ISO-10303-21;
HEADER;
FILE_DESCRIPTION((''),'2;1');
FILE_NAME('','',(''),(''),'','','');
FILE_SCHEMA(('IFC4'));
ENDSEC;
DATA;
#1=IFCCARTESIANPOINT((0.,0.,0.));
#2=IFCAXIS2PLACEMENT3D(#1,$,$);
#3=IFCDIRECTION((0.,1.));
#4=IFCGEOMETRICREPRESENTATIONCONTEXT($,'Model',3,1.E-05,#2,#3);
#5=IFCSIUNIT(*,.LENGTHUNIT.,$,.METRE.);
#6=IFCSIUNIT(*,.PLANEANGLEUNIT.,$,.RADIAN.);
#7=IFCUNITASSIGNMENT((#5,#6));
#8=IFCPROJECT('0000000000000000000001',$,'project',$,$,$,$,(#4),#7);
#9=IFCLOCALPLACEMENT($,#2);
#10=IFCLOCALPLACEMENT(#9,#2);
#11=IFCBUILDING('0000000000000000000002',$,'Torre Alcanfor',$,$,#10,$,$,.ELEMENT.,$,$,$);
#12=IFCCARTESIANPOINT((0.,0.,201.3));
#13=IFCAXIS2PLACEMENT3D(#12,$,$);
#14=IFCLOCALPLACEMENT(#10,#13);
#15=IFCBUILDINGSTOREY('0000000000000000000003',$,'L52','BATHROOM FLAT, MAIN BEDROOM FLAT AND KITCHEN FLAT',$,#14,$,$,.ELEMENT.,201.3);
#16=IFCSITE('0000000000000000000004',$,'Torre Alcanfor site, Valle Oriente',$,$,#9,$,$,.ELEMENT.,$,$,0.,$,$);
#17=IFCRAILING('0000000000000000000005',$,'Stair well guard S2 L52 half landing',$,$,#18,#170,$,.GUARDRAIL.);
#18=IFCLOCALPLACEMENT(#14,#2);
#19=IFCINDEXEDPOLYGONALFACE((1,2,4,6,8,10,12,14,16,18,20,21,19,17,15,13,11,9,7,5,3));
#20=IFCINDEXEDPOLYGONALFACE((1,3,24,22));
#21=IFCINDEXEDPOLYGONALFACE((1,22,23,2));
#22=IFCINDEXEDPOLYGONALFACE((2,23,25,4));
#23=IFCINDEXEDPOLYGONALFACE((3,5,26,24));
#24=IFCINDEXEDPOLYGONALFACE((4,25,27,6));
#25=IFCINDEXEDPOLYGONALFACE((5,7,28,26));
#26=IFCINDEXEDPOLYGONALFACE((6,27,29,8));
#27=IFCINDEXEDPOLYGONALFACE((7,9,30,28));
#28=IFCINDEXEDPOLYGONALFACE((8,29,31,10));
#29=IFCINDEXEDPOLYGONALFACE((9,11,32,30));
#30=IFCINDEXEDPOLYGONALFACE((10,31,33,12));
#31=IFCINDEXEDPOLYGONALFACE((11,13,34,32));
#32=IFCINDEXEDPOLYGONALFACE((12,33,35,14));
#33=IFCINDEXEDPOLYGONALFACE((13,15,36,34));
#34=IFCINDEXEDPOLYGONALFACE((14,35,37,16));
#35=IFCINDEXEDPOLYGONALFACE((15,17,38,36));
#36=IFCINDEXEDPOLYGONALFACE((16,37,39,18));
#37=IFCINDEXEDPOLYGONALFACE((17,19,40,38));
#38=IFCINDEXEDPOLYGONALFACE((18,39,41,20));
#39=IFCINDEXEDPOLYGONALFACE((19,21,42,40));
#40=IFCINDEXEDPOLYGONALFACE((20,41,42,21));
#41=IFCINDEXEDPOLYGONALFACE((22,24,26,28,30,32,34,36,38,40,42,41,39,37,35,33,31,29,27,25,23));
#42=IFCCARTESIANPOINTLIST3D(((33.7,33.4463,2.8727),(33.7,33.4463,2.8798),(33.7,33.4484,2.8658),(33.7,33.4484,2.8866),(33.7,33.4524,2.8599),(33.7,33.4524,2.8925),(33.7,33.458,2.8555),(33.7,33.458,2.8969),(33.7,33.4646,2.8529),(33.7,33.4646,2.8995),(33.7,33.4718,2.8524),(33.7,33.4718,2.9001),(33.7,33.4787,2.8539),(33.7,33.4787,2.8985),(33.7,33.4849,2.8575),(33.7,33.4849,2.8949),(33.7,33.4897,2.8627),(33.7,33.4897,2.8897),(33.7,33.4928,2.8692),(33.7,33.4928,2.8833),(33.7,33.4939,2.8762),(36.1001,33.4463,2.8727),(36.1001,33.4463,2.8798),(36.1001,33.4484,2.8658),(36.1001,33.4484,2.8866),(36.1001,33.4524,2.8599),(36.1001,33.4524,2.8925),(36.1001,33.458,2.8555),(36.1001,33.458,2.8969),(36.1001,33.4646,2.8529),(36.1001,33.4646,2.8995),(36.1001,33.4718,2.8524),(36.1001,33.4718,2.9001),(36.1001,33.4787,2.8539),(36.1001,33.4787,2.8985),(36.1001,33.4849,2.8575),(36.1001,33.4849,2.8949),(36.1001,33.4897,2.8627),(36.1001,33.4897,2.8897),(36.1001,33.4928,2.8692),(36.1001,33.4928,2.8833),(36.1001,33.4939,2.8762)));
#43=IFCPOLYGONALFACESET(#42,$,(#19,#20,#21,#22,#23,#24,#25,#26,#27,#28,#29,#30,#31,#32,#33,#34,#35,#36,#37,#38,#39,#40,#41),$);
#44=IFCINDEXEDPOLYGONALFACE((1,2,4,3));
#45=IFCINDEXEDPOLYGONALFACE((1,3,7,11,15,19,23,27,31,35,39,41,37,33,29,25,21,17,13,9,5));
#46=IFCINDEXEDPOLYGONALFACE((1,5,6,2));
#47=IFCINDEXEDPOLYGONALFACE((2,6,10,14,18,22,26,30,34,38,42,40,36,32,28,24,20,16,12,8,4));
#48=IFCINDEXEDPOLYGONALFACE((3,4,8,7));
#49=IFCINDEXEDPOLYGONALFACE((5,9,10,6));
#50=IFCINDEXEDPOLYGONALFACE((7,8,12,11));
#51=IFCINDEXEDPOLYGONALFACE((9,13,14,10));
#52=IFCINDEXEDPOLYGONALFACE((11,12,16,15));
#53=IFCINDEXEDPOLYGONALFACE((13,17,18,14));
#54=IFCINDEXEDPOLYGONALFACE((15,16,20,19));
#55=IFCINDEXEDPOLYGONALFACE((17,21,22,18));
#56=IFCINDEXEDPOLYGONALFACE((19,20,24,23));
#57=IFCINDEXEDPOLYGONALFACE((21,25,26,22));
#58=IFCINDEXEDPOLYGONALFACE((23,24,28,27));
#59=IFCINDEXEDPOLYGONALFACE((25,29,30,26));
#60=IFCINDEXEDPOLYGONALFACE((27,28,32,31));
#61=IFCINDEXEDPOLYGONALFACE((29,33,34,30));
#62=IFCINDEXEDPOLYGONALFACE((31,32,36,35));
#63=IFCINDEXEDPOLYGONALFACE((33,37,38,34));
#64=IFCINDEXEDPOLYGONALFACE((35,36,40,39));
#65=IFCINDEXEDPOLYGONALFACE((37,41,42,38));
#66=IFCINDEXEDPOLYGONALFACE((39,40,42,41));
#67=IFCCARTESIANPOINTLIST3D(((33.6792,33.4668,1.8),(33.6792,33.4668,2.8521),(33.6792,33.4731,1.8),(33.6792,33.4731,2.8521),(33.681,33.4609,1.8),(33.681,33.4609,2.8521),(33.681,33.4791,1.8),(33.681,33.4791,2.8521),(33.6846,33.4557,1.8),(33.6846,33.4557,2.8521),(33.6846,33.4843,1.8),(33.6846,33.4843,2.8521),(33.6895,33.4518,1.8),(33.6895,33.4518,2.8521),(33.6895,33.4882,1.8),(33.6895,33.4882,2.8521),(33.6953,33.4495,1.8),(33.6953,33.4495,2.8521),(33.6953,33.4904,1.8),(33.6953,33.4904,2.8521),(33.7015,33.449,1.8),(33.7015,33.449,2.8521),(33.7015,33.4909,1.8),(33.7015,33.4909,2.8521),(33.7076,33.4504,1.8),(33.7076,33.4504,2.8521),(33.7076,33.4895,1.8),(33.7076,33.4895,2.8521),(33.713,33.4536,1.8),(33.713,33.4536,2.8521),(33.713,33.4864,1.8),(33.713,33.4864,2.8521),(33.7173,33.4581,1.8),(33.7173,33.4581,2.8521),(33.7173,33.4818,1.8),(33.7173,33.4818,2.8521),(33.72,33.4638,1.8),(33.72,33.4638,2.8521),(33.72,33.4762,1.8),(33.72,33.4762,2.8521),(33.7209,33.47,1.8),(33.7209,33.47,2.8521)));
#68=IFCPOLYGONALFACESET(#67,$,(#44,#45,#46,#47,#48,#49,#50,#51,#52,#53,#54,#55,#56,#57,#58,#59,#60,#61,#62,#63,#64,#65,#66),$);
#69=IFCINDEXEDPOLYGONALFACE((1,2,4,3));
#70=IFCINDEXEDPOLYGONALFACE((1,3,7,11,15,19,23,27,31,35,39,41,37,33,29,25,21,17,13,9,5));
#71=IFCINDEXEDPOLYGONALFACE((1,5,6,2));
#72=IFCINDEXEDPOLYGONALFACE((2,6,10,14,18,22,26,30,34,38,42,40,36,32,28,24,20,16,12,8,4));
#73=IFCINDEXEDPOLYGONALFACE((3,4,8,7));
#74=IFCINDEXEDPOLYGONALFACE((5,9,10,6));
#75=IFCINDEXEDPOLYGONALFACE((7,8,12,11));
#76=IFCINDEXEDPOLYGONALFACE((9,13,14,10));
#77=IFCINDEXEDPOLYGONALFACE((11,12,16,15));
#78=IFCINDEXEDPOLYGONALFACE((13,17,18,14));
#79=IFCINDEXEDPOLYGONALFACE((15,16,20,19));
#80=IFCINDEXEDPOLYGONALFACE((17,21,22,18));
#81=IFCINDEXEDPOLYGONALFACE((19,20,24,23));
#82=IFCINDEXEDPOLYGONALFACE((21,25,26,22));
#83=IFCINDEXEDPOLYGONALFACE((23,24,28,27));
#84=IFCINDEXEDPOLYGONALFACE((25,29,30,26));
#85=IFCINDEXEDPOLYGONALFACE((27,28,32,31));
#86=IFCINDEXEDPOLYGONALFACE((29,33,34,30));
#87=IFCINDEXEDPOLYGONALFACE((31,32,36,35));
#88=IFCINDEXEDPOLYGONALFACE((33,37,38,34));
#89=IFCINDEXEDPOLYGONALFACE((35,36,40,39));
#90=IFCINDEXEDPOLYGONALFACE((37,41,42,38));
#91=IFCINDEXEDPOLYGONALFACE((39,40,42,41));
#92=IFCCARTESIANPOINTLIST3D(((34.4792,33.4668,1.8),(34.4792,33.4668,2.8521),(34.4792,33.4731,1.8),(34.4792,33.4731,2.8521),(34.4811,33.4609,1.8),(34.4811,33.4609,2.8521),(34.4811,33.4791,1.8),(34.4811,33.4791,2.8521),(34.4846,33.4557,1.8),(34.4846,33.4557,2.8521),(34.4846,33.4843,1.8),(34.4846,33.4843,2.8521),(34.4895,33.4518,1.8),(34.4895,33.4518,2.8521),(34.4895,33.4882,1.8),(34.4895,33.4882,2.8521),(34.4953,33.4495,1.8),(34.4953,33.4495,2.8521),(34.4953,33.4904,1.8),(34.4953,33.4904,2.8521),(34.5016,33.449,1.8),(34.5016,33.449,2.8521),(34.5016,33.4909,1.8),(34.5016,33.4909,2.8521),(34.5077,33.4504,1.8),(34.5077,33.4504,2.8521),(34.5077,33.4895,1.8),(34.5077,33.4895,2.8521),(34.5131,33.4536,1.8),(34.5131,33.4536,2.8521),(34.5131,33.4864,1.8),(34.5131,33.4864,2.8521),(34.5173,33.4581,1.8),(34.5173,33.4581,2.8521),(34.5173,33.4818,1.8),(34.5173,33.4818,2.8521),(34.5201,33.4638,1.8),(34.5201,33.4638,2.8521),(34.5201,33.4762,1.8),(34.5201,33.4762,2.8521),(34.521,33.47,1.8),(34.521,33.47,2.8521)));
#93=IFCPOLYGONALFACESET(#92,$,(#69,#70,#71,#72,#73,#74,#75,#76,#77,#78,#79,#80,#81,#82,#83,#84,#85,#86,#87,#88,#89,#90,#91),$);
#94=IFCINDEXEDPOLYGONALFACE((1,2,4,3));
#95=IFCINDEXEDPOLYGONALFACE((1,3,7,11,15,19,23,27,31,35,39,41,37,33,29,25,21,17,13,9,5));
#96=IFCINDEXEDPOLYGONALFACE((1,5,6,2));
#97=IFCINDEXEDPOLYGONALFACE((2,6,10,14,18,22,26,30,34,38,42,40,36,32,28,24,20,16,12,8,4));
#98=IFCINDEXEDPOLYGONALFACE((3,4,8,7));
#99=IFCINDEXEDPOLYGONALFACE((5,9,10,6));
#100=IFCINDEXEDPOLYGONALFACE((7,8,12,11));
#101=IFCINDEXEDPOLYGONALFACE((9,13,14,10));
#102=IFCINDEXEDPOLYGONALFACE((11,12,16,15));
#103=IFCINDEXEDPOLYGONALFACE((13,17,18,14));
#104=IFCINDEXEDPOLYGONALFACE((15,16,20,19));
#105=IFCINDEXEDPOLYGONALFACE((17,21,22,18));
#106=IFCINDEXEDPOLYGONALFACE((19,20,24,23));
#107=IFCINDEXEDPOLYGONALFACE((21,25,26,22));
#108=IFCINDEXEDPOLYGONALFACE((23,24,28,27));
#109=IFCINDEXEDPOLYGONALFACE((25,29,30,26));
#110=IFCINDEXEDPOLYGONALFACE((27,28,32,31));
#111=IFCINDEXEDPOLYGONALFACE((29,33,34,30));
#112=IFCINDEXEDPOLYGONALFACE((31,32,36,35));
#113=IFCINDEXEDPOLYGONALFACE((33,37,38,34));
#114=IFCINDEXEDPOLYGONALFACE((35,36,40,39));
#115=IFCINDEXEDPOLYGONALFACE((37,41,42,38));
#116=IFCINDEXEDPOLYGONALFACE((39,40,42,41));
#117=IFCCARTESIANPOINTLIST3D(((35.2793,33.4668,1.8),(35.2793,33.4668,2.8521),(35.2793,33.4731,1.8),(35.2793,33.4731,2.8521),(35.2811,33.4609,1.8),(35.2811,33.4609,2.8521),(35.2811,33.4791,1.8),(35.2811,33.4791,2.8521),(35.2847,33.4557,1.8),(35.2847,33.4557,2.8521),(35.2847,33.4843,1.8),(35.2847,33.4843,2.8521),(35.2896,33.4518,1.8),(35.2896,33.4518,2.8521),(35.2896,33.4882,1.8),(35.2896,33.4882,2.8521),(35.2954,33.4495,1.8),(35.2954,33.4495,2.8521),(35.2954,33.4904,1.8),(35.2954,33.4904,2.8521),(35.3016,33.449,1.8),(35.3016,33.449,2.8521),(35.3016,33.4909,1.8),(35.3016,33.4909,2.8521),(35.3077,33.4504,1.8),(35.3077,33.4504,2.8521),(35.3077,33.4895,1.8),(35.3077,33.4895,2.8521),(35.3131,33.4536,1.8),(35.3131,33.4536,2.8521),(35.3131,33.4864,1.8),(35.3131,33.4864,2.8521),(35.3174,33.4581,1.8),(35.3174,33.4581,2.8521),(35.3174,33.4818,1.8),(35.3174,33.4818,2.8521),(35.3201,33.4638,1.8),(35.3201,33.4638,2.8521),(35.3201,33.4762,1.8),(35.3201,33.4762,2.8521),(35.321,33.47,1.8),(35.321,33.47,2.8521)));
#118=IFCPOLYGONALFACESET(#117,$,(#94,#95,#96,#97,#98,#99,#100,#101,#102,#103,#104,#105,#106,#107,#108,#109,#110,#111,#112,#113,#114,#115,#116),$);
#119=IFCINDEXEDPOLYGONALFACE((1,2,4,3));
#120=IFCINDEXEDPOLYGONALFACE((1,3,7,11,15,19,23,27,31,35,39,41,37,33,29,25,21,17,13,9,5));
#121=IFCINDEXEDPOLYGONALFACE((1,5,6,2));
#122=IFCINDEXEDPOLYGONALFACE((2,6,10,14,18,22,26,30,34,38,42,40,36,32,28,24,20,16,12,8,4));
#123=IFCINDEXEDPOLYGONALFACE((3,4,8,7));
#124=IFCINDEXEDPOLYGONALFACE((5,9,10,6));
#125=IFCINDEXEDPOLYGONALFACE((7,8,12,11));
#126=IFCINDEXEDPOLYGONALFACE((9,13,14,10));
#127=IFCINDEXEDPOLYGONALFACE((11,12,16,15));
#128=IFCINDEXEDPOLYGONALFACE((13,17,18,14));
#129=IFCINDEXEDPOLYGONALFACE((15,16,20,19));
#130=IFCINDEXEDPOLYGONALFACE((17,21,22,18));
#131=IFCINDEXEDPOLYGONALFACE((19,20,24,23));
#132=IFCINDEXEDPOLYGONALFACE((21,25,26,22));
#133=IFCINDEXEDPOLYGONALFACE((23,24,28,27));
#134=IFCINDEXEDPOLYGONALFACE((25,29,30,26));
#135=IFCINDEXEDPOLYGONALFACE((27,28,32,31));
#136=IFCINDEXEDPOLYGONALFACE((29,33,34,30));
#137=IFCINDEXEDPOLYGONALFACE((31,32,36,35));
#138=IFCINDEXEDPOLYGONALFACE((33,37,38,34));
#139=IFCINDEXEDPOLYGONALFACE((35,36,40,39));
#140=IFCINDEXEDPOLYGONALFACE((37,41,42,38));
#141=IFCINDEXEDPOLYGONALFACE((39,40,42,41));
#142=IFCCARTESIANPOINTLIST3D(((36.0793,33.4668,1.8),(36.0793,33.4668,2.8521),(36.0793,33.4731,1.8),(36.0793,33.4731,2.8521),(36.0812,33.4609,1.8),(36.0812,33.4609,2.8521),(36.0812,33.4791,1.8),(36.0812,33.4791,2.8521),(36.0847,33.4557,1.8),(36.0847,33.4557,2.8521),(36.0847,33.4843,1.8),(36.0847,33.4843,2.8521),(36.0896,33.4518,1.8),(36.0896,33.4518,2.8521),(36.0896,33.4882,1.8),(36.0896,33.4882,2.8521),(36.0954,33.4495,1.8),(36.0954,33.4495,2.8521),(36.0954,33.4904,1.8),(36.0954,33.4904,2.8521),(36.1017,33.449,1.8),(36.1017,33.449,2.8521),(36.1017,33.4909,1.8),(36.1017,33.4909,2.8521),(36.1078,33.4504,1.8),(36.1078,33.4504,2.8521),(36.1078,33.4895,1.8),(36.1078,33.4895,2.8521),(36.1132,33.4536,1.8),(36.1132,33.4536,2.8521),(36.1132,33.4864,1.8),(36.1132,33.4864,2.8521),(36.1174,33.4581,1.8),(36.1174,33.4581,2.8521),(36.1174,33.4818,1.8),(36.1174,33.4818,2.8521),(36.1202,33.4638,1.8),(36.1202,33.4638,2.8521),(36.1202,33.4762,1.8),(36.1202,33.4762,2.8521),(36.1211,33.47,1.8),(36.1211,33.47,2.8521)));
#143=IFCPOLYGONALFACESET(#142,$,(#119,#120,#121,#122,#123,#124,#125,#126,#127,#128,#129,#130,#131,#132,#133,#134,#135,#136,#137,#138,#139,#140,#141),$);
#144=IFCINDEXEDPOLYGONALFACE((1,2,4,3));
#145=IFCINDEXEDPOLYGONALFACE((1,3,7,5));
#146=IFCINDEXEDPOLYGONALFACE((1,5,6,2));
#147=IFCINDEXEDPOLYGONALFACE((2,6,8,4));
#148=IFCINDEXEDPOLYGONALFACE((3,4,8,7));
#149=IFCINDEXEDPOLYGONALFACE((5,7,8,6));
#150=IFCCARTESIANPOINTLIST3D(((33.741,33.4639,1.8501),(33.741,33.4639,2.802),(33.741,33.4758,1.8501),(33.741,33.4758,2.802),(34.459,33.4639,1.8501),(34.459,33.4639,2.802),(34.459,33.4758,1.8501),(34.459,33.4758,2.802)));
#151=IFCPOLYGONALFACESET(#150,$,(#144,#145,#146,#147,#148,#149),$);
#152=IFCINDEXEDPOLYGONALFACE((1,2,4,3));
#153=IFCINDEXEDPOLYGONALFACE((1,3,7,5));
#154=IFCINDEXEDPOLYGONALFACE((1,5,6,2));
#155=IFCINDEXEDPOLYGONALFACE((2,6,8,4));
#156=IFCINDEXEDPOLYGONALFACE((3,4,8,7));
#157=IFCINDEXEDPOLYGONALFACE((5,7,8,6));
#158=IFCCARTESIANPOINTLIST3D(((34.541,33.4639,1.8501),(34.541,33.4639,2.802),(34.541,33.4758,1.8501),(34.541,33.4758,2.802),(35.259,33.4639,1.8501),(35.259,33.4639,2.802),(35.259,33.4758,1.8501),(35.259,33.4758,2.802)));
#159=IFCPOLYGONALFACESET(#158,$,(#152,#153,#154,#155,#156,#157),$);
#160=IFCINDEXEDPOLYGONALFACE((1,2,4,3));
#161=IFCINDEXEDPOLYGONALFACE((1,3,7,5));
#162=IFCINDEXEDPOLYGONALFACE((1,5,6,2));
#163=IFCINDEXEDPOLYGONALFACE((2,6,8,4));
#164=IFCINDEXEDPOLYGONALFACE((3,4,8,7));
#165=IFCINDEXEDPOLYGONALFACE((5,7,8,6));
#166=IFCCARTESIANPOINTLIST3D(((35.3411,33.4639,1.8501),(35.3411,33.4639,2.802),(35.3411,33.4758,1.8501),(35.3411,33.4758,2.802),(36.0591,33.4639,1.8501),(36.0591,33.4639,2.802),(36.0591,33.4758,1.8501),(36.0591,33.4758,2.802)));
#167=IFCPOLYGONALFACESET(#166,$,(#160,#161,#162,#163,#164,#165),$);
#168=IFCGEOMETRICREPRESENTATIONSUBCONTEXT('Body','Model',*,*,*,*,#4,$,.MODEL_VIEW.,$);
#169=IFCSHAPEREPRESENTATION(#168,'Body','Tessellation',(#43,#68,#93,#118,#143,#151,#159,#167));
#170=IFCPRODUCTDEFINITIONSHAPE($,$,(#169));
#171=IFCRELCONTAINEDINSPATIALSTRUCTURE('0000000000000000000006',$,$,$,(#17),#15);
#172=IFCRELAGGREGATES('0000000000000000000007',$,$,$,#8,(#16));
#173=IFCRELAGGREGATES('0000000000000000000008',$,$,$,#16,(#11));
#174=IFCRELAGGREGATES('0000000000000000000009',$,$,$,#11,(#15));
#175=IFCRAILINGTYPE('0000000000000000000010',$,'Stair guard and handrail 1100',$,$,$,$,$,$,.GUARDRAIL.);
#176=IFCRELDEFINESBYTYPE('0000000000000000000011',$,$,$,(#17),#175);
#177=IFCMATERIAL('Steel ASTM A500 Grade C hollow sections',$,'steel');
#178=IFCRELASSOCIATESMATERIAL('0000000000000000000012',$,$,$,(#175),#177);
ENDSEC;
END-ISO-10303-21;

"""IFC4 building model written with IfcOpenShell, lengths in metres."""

from ifc_helpers import new_model, si_unit, direction, frame, origin, origin_2d, place, context, subcontext, project, spatial, polyline, circle, outline, extrude, material, type_object, element, save


model = new_model("IFC4")

# Units and contexts
model_context = context("Model", 3, precision=1e-05, world=origin(), true_north=direction((0.0, 1.0)))
body_context = subcontext(model_context, "Body", "Model", "MODEL_VIEW")
ifc_project = project(units=[si_unit("LENGTHUNIT", "METRE"), si_unit("PLANEANGLEUNIT", "RADIAN")], contexts=[model_context])

# Site, building, storey
site_placement = place(None, origin())
site = spatial("IfcSite", under=ifc_project, at=site_placement, Name="Torre Alcanfor site, Valle Oriente", CompositionType="ELEMENT", RefElevation=0.0)
building_placement = place(site_placement, origin())
building = spatial("IfcBuilding", under=site, at=building_placement, Name="Torre Alcanfor", CompositionType="ELEMENT")
storey_placement = place(building_placement, frame((0.0, 0.0, 201.3)))
storey = spatial("IfcBuildingStorey", under=building, at=storey_placement, Name="L52", Description="BATHROOM FLAT, MAIN BEDROOM FLAT AND KITCHEN FLAT", CompositionType="ELEMENT", Elevation=201.3)

# Railing
ifc_material_1 = material(Name="Steel ASTM A500 Grade C hollow sections", Category="steel")
railing_type_1 = type_object("IfcRailingType", Name="Stair guard and handrail 1100", PredefinedType="GUARDRAIL", material=ifc_material_1)
for number, where, name in (
    (1, (33.7, 33.47, 1.8), "Stair well guard S2 L52 half landing"),
):
    element("IfcRailing", number, at=place(storey_placement, frame(where)), inside=storey, type_object=railing_type_1, Name=name, PredefinedType="GUARDRAIL", context=body_context, shape_type="SweptSolid", body=[
        extrude(circle(Radius=0.0239, at=origin_2d()), frame((0.0, 0.0, 1.0762), z_axis=(1.0, 0.0, 0.0), x_axis=(0.0, 1.0, 0.0)), (0.0, 0.0, 1.0), 2.4001),
        extrude(circle(Radius=0.021, at=origin_2d()), origin(), (0.0, 0.0, 1.0), 1.052),
        extrude(circle(Radius=0.021, at=origin_2d()), frame((0.8, 0.0, 0.0)), (0.0, 0.0, 1.0), 1.052),
        extrude(circle(Radius=0.021, at=origin_2d()), frame((1.6001, 0.0, 0.0)), (0.0, 0.0, 1.0), 1.052),
        extrude(circle(Radius=0.021, at=origin_2d()), frame((2.4001, 0.0, 0.0)), (0.0, 0.0, 1.0), 1.052),
        extrude(outline(polyline([(0.041, 0.05), (0.759, 0.05), (0.759, 1.002), (0.041, 1.002), (0.041, 0.05)])), frame((0.0, 0.0059, 0.0), z_axis=(0.0, -1.0, 0.0), x_axis=(1.0, 0.0, 0.0)), (0.0, 0.0, 1.0), 0.012),
        extrude(outline(polyline([(0.8411, 0.05), (1.5591, 0.05), (1.5591, 1.002), (0.8411, 1.002), (0.8411, 0.05)])), frame((0.0, 0.0059, 0.0), z_axis=(0.0, -1.0, 0.0), x_axis=(1.0, 0.0, 0.0)), (0.0, 0.0, 1.0), 0.012),
        extrude(outline(polyline([(1.6411, 0.05), (2.3591, 0.05), (2.3591, 1.002), (1.6411, 1.002), (1.6411, 0.05)])), frame((0.0, 0.0059, 0.0), z_axis=(0.0, -1.0, 0.0), x_axis=(1.0, 0.0, 0.0)), (0.0, 0.0, 1.0), 0.012),
    ])

save(model, "model.ifc")
